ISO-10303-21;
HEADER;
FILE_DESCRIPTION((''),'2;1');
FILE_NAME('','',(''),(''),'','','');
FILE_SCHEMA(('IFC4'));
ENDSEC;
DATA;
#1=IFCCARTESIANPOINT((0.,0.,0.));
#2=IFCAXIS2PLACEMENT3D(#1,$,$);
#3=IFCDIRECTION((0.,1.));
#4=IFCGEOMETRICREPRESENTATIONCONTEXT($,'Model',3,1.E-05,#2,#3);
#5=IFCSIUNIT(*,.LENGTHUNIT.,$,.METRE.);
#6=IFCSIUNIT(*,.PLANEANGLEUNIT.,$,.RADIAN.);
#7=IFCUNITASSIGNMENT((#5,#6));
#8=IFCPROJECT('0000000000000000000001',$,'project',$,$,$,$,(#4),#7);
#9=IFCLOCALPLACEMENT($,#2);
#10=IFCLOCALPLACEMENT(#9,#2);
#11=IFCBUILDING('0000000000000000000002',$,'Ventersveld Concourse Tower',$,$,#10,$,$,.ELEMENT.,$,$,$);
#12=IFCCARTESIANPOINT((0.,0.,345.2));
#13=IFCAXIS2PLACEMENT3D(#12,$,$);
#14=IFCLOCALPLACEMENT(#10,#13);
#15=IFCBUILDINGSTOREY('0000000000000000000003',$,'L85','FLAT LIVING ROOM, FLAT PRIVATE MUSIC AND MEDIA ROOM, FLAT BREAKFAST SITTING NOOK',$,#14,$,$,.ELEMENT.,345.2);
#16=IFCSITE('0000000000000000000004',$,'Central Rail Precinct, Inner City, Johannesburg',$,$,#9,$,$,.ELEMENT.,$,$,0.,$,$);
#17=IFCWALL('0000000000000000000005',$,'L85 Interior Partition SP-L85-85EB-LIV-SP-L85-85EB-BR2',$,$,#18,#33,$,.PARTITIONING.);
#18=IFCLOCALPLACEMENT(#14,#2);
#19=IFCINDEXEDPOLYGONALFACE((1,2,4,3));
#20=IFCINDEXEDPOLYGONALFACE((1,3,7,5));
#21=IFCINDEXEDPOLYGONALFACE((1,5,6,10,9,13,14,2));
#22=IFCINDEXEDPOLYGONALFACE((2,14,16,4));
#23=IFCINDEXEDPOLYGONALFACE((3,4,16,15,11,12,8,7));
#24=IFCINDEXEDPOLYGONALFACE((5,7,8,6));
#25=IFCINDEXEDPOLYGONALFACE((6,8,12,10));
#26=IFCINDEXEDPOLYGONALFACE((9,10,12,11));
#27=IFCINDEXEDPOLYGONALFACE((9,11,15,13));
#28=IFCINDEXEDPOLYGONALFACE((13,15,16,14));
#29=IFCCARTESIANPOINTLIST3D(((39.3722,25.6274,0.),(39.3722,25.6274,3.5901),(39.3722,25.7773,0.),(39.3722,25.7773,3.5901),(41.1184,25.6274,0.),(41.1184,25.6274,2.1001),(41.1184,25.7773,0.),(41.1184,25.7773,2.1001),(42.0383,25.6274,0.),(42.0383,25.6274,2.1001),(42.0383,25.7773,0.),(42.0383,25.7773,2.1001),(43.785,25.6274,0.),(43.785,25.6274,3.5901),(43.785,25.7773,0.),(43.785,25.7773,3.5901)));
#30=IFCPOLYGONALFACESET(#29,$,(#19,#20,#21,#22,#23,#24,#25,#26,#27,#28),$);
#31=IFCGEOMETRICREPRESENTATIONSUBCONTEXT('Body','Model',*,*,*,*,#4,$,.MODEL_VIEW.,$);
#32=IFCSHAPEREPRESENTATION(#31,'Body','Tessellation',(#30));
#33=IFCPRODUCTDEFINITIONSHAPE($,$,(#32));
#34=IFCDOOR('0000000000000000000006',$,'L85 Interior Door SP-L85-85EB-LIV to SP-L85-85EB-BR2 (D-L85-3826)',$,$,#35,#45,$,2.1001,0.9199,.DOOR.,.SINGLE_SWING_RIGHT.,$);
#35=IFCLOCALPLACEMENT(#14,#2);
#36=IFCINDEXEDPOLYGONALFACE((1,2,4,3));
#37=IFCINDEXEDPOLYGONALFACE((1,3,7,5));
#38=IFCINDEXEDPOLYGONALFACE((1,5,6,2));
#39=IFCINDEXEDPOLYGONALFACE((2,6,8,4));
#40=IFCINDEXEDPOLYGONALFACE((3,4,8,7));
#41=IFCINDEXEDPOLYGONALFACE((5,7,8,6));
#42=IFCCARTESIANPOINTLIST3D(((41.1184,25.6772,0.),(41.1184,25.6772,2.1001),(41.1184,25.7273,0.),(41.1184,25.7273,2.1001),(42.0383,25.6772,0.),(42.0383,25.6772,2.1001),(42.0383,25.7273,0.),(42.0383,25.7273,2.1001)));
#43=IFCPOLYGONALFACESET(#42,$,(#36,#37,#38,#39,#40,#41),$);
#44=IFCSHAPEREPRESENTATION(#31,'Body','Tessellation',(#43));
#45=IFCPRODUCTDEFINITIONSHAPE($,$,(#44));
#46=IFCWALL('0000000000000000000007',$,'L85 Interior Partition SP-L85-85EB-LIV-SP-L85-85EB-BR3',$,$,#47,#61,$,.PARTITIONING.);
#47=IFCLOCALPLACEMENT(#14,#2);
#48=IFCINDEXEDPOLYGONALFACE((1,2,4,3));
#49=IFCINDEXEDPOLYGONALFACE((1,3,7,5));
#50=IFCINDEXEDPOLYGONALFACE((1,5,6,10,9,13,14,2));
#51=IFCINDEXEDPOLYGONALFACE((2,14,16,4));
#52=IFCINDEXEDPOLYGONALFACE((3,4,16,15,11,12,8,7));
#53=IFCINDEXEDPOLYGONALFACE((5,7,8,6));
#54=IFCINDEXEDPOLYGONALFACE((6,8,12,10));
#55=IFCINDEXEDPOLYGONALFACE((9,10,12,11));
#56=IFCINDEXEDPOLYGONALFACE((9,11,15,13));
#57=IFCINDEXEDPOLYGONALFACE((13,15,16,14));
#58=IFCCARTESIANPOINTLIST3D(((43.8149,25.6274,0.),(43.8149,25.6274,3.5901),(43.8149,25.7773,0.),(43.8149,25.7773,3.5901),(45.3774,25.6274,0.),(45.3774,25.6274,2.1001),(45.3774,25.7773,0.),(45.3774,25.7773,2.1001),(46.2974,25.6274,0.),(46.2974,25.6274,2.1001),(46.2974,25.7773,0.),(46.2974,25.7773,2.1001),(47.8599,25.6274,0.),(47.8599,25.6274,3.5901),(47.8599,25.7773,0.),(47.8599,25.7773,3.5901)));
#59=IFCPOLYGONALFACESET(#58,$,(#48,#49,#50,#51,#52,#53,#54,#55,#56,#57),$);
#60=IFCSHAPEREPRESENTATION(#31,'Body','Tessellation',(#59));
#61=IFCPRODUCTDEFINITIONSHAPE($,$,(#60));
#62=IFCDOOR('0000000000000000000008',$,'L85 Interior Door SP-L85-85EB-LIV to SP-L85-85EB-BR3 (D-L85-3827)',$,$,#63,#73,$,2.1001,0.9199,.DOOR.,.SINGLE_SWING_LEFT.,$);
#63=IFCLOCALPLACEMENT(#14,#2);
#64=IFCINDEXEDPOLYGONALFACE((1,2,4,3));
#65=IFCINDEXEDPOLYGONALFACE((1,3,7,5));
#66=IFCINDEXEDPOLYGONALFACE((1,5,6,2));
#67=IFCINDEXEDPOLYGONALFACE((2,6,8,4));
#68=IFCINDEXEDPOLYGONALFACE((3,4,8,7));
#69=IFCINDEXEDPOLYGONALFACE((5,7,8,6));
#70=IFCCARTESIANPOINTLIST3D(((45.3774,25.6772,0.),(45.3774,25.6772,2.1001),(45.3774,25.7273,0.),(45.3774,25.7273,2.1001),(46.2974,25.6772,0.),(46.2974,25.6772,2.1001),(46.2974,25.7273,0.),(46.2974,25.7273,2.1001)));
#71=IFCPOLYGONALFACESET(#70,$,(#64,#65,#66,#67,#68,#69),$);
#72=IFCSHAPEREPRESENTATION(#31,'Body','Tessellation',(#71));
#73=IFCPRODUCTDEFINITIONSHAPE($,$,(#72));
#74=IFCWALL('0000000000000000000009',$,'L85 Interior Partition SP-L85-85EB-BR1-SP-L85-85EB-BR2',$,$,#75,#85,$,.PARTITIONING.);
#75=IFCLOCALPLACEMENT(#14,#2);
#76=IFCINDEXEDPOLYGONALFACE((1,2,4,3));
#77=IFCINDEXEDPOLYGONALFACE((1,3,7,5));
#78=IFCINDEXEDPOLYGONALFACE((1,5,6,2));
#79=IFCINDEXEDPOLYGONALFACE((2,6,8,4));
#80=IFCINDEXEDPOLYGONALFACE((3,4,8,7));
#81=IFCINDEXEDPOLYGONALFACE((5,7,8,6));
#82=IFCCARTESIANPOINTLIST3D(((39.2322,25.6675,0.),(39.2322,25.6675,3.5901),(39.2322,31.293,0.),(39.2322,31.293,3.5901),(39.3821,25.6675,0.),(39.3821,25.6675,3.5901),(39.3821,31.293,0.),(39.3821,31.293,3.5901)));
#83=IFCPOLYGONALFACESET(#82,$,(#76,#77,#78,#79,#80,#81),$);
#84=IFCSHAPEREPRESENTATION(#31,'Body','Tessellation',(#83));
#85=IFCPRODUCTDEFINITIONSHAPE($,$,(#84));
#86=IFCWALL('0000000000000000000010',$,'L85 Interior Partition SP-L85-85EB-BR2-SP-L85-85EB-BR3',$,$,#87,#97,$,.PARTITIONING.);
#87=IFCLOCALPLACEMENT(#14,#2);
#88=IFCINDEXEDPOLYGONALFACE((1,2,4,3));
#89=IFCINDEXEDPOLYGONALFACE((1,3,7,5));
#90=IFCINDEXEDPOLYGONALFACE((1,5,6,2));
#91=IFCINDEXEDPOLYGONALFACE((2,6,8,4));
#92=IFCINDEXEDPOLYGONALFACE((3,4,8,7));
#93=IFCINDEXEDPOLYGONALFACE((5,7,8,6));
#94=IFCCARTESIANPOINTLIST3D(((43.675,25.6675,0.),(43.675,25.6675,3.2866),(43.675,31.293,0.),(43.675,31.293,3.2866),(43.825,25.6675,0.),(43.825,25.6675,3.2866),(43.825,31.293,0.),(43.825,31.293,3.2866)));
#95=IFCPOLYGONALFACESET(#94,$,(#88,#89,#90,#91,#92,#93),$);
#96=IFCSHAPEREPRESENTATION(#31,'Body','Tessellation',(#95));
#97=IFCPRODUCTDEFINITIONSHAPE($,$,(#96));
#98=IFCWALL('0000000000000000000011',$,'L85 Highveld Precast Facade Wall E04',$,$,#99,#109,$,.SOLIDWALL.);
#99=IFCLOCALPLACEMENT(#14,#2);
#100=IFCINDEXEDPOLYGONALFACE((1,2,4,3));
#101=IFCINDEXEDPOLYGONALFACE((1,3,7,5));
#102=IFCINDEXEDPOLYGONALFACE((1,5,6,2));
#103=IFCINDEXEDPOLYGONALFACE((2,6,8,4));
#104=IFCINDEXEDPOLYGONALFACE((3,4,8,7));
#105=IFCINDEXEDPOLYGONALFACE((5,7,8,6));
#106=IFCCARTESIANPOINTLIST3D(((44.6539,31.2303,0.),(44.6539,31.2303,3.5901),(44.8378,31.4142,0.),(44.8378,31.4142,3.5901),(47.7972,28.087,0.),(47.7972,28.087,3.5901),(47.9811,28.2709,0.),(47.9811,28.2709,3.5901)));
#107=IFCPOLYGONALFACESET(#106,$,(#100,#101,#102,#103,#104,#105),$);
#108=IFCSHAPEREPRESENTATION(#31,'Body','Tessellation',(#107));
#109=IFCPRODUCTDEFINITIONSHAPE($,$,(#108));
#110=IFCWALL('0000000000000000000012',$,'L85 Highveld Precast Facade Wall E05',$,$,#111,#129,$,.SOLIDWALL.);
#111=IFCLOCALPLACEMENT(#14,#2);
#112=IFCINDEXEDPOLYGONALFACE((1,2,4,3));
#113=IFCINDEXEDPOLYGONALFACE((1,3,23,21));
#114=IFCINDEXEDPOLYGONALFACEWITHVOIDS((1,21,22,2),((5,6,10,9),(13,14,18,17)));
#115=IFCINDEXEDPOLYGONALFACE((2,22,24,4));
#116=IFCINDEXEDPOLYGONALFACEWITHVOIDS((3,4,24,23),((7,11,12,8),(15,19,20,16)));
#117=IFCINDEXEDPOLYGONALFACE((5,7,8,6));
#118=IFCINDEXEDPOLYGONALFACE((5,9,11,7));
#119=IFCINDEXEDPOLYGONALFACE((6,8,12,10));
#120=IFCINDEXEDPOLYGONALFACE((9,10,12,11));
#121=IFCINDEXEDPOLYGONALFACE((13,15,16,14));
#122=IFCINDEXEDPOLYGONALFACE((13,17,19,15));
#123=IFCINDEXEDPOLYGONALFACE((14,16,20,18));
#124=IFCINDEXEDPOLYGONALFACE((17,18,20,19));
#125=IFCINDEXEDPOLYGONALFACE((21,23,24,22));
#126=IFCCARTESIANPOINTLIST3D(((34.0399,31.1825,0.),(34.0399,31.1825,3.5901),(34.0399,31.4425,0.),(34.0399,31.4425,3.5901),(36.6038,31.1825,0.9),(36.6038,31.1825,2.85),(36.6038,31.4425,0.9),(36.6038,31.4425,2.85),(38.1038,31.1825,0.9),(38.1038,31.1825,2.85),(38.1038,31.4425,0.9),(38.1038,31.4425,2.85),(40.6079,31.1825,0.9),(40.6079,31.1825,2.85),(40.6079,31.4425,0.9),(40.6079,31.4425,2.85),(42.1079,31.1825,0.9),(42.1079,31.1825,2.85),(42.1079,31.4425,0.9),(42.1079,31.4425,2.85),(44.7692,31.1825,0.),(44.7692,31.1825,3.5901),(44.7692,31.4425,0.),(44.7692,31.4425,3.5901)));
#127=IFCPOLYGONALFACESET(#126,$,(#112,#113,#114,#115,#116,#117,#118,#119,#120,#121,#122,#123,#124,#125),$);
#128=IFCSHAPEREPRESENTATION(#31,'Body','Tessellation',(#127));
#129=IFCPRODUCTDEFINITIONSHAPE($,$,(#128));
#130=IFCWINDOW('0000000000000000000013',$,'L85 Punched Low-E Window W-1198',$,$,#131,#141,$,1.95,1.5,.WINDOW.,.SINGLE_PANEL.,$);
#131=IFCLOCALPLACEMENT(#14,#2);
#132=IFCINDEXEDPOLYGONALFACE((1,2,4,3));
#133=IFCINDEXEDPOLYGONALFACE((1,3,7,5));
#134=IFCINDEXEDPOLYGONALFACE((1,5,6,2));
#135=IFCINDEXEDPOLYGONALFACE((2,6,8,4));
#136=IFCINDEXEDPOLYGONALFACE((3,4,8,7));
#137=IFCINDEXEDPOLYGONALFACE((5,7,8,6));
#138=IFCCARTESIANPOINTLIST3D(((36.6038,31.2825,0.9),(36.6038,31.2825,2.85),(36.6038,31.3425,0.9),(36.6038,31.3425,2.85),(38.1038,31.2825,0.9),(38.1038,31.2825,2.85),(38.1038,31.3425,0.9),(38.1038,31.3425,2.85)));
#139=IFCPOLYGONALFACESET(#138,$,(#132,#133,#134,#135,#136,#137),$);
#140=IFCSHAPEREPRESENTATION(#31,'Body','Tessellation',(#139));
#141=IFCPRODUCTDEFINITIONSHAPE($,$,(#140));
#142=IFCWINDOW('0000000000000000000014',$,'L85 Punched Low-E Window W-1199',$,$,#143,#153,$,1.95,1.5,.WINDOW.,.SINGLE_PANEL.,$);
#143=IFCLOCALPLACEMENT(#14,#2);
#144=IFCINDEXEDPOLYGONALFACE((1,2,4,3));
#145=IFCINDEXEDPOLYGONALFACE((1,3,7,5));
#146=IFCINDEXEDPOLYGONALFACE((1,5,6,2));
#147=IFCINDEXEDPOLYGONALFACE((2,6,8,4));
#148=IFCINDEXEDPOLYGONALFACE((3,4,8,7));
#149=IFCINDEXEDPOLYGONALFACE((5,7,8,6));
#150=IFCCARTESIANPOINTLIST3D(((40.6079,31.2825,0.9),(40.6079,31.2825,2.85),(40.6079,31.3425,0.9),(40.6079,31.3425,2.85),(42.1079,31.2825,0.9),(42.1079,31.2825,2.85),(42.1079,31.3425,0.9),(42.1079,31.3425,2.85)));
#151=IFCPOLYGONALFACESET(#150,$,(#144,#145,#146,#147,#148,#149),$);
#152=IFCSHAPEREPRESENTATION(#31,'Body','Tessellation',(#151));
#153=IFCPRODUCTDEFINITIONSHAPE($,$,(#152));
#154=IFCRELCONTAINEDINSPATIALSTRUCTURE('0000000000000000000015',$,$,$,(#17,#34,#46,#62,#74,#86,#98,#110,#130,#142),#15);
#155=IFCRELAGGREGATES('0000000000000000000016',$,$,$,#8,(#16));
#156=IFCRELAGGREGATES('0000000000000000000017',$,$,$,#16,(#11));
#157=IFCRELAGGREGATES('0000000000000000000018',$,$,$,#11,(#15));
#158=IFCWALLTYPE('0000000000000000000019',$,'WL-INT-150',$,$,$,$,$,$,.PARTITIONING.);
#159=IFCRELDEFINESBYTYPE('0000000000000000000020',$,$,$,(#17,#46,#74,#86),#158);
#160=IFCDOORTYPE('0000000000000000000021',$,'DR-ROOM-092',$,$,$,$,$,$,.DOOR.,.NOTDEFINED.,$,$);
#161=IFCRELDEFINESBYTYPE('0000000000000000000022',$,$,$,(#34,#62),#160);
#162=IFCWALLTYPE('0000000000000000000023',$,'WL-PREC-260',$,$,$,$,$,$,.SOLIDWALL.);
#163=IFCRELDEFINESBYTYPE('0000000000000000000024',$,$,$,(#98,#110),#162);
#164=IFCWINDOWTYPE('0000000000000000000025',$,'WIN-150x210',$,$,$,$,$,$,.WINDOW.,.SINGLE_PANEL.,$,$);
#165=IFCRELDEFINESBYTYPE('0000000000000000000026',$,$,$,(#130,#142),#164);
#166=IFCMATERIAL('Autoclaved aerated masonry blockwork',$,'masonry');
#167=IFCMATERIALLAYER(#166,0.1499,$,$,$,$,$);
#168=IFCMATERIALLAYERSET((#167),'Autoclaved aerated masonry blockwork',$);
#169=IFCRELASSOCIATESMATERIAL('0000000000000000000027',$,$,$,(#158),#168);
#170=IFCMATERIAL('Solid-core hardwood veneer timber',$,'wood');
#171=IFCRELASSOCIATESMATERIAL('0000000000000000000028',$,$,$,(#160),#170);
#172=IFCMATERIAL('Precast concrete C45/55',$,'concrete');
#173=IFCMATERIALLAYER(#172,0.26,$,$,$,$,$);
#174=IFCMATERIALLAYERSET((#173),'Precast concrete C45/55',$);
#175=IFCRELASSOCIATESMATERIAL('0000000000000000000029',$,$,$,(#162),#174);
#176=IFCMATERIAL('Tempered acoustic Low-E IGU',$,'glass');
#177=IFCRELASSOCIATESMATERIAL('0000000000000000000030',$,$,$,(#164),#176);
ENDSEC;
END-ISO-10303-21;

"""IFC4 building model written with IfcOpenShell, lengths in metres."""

from ifc_helpers import new_model, si_unit, direction, frame, frame_2d, origin, place, context, subcontext, project, spatial, rectangle, extrude, material, layer, layer_set, type_object, element, fill, save


model = new_model("IFC4")

# Units and contexts
model_context = context("Model", 3, precision=1e-05, world=origin(), true_north=direction((0.0, 1.0)))
body_context = subcontext(model_context, "Body", "Model", "MODEL_VIEW")
ifc_project = project(units=[si_unit("LENGTHUNIT", "METRE"), si_unit("PLANEANGLEUNIT", "RADIAN")], contexts=[model_context])

# Site, building, storey
site_placement = place(None, origin())
site = spatial("IfcSite", under=ifc_project, at=site_placement, Name="Central Rail Precinct, Inner City, Johannesburg", CompositionType="ELEMENT", RefElevation=0.0)
building_placement = place(site_placement, origin())
building = spatial("IfcBuilding", under=site, at=building_placement, Name="Ventersveld Concourse Tower", CompositionType="ELEMENT")
storey_placement = place(building_placement, frame((0.0, 0.0, 345.2)))
storey = spatial("IfcBuildingStorey", under=building, at=storey_placement, Name="L85", Description="FLAT LIVING ROOM, FLAT PRIVATE MUSIC AND MEDIA ROOM, FLAT BREAKFAST SITTING NOOK", CompositionType="ELEMENT", Elevation=345.2)

# Shared definitions
ifc_material_1 = material(Name="Autoclaved aerated masonry blockwork", Category="masonry")
ifc_layer_1 = layer(ifc_material_1, 0.1499)
ifc_layer_set_1 = layer_set([ifc_layer_1], Name="Autoclaved aerated masonry blockwork")
wall_type_1 = type_object("IfcWallType", Name="WL-INT-150", PredefinedType="PARTITIONING", material=ifc_layer_set_1)

# Walls, openings, doors
wall_1_placement = place(storey_placement, frame((39.3721, 25.7024, 0.0), z_axis=(0.0, 0.0, 1.0), x_axis=(1.0, 0.0, 0.0)))
wall_1 = element("IfcWall", 1, at=wall_1_placement, inside=storey, type_object=wall_type_1, Name="L85 Interior Partition SP-L85-85EB-LIV-SP-L85-85EB-BR2", PredefinedType="PARTITIONING", context=body_context, shape_type="SweptSolid", body=[
    extrude(rectangle(XDim=4.4128, YDim=0.1499, at=frame_2d((2.2065, 0.0))), origin(), (0.0, 0.0, 1.0), 3.5901),
])
opening_1_placement = place(wall_1_placement, frame((1.7463, 0.0, 0.0)))
opening_1 = element("IfcOpeningElement", 2, at=opening_1_placement, cuts=wall_1, PredefinedType="OPENING", context=body_context, shape_type="SweptSolid", body=[
    extrude(rectangle(XDim=0.9199, YDim=2.1001, at=frame_2d((0.46, 1.05))), frame((0.0, 0.085, 0.0), z_axis=(0.0, -1.0, 0.0), x_axis=(1.0, 0.0, 0.0)), (0.0, 0.0, 1.0), 0.1699),
])
ifc_material_2 = material(Name="Solid-core hardwood veneer timber", Category="wood")
door_type = type_object("IfcDoorType", Name="DR-ROOM-092", OperationType="NOTDEFINED", PredefinedType="DOOR", material=ifc_material_2)
door_1_placement = place(opening_1_placement, origin())
door_1 = element("IfcDoor", 3, at=door_1_placement, inside=storey, type_object=door_type, Name="L85 Interior Door SP-L85-85EB-LIV to SP-L85-85EB-BR2 (D-L85-3826)", OperationType="SINGLE_SWING_RIGHT", OverallHeight=2.1001, OverallWidth=0.9199, PredefinedType="DOOR", context=body_context, shape_type="SweptSolid", body=[
    extrude(rectangle(XDim=0.9199, YDim=2.1001, at=frame_2d((0.46, 1.05))), frame((0.0, 0.0249, 0.0), z_axis=(0.0, -1.0, 0.0), x_axis=(1.0, 0.0, 0.0)), (0.0, 0.0, 1.0), 0.05),
])
fill(opening_1, door_1)
wall_2_placement = place(storey_placement, frame((43.8149, 25.7024, 0.0), z_axis=(0.0, 0.0, 1.0), x_axis=(1.0, 0.0, 0.0)))
wall_2 = element("IfcWall", 4, at=wall_2_placement, inside=storey, type_object=wall_type_1, Name="L85 Interior Partition SP-L85-85EB-LIV-SP-L85-85EB-BR3", PredefinedType="PARTITIONING", context=body_context, shape_type="SweptSolid", body=[
    extrude(rectangle(XDim=4.0449, YDim=0.1499, at=frame_2d((2.0225, 0.0))), origin(), (0.0, 0.0, 1.0), 3.5901),
])
opening_2_placement = place(wall_2_placement, frame((1.5625, 0.0, 0.0)))
opening_2 = element("IfcOpeningElement", 5, at=opening_2_placement, cuts=wall_2, PredefinedType="OPENING", context=body_context, shape_type="SweptSolid", body=[
    extrude(rectangle(XDim=0.9199, YDim=2.1001, at=frame_2d((0.46, 1.05))), frame((0.0, 0.085, 0.0), z_axis=(0.0, -1.0, 0.0), x_axis=(1.0, 0.0, 0.0)), (0.0, 0.0, 1.0), 0.1699),
])
door_2_placement = place(opening_2_placement, origin())
door_2 = element("IfcDoor", 6, at=door_2_placement, inside=storey, type_object=door_type, Name="L85 Interior Door SP-L85-85EB-LIV to SP-L85-85EB-BR3 (D-L85-3827)", OperationType="SINGLE_SWING_LEFT", OverallHeight=2.1001, OverallWidth=0.9199, PredefinedType="DOOR", context=body_context, shape_type="SweptSolid", body=[
    extrude(rectangle(XDim=0.9199, YDim=2.1001, at=frame_2d((0.46, 1.05))), frame((0.0, 0.0249, 0.0), z_axis=(0.0, -1.0, 0.0), x_axis=(1.0, 0.0, 0.0)), (0.0, 0.0, 1.0), 0.05),
])
fill(opening_2, door_2)

# Walls
wall_3_placement = place(storey_placement, frame((39.3071, 25.6675, 0.0), z_axis=(0.0, 0.0, 1.0), x_axis=(0.0, 1.0, 0.0)))
element("IfcWall", 7, at=wall_3_placement, inside=storey, type_object=wall_type_1, Name="L85 Interior Partition SP-L85-85EB-BR1-SP-L85-85EB-BR2", PredefinedType="PARTITIONING", context=body_context, shape_type="SweptSolid", body=[
    extrude(rectangle(XDim=5.6255, YDim=0.1499, at=frame_2d((2.8127, 0.0))), origin(), (0.0, 0.0, 1.0), 3.5901),
])
wall_4_placement = place(storey_placement, frame((43.75, 25.6675, 0.0), z_axis=(0.0, 0.0, 1.0), x_axis=(0.0, 1.0, 0.0)))
element("IfcWall", 8, at=wall_4_placement, inside=storey, type_object=wall_type_1, Name="L85 Interior Partition SP-L85-85EB-BR2-SP-L85-85EB-BR3", PredefinedType="PARTITIONING", context=body_context, shape_type="SweptSolid", body=[
    extrude(rectangle(XDim=5.6255, YDim=0.1499, at=frame_2d((2.8127, 0.0))), origin(), (0.0, 0.0, 1.0), 3.2866),
])
ifc_material_3 = material(Name="Precast concrete C45/55", Category="concrete")
ifc_layer_2 = layer(ifc_material_3, 0.26)
ifc_layer_set_2 = layer_set([ifc_layer_2], Name="Precast concrete C45/55")
wall_type_2 = type_object("IfcWallType", Name="WL-PREC-260", PredefinedType="SOLIDWALL", material=ifc_layer_set_2)
wall_5_placement = place(storey_placement, frame((47.8892, 28.179, 0.0), z_axis=(0.0, 0.0, 1.0), x_axis=(-0.707107, 0.707107, 0.0)))
element("IfcWall", 9, at=wall_5_placement, inside=storey, type_object=wall_type_2, Name="L85 Highveld Precast Facade Wall E04", PredefinedType="SOLIDWALL", context=body_context, shape_type="SweptSolid", body=[
    extrude(rectangle(XDim=4.4453, YDim=0.26, at=frame_2d((2.2227, 0.0))), origin(), (0.0, 0.0, 1.0), 3.5901),
])

# Wall, openings, windows
wall_6_placement = place(storey_placement, frame((44.7693, 31.3125, 0.0), z_axis=(0.0, 0.0, 1.0), x_axis=(-1.0, 0.0, 0.0)))
wall_6 = element("IfcWall", 10, at=wall_6_placement, inside=storey, type_object=wall_type_2, Name="L85 Highveld Precast Facade Wall E05", PredefinedType="SOLIDWALL", context=body_context, shape_type="SweptSolid", body=[
    extrude(rectangle(XDim=10.7292, YDim=0.26, at=frame_2d((5.3647, 0.0))), origin(), (0.0, 0.0, 1.0), 3.5901),
])
opening_3_placement = place(wall_6_placement, frame((6.6655, 0.0, 0.8999)))
opening_3 = element("IfcOpeningElement", 11, at=opening_3_placement, cuts=wall_6, PredefinedType="OPENING", context=body_context, shape_type="SweptSolid", body=[
    extrude(rectangle(XDim=1.5, YDim=1.95, at=frame_2d((0.75, 0.9751))), frame((0.0, 0.1401, 0.0), z_axis=(0.0, -1.0, 0.0), x_axis=(1.0, 0.0, 0.0)), (0.0, 0.0, 1.0), 0.28),
])
opening_4_placement = place(wall_6_placement, frame((2.6614, 0.0, 0.8999)))
opening_4 = element("IfcOpeningElement", 12, at=opening_4_placement, cuts=wall_6, PredefinedType="OPENING", context=body_context, shape_type="SweptSolid", body=[
    extrude(rectangle(XDim=1.5, YDim=1.95, at=frame_2d((0.75, 0.9751))), frame((0.0, 0.1401, 0.0), z_axis=(0.0, -1.0, 0.0), x_axis=(1.0, 0.0, 0.0)), (0.0, 0.0, 1.0), 0.28),
])
ifc_material_4 = material(Name="Tempered acoustic Low-E IGU", Category="glass")
window_type = type_object("IfcWindowType", Name="WIN-150x210", PartitioningType="SINGLE_PANEL", PredefinedType="WINDOW", material=ifc_material_4)
window_1_placement = place(opening_3_placement, origin())
window_1 = element("IfcWindow", 13, at=window_1_placement, inside=storey, type_object=window_type, Name="L85 Punched Low-E Window W-1198", OverallHeight=1.95, OverallWidth=1.5, PartitioningType="SINGLE_PANEL", PredefinedType="WINDOW", context=body_context, shape_type="SweptSolid", body=[
    extrude(rectangle(XDim=1.5, YDim=1.95, at=frame_2d((0.75, 0.9751))), frame((0.0, 0.03, 0.0), z_axis=(0.0, -1.0, 0.0), x_axis=(1.0, 0.0, 0.0)), (0.0, 0.0, 1.0), 0.0601),
])
fill(opening_3, window_1)
window_2_placement = place(opening_4_placement, origin())
window_2 = element("IfcWindow", 14, at=window_2_placement, inside=storey, type_object=window_type, Name="L85 Punched Low-E Window W-1199", OverallHeight=1.95, OverallWidth=1.5, PartitioningType="SINGLE_PANEL", PredefinedType="WINDOW", context=body_context, shape_type="SweptSolid", body=[
    extrude(rectangle(XDim=1.5, YDim=1.95, at=frame_2d((0.75, 0.9751))), frame((0.0, 0.03, 0.0), z_axis=(0.0, -1.0, 0.0), x_axis=(1.0, 0.0, 0.0)), (0.0, 0.0, 1.0), 0.0601),
])
fill(opening_4, window_2)

save(model, "model.ifc")
